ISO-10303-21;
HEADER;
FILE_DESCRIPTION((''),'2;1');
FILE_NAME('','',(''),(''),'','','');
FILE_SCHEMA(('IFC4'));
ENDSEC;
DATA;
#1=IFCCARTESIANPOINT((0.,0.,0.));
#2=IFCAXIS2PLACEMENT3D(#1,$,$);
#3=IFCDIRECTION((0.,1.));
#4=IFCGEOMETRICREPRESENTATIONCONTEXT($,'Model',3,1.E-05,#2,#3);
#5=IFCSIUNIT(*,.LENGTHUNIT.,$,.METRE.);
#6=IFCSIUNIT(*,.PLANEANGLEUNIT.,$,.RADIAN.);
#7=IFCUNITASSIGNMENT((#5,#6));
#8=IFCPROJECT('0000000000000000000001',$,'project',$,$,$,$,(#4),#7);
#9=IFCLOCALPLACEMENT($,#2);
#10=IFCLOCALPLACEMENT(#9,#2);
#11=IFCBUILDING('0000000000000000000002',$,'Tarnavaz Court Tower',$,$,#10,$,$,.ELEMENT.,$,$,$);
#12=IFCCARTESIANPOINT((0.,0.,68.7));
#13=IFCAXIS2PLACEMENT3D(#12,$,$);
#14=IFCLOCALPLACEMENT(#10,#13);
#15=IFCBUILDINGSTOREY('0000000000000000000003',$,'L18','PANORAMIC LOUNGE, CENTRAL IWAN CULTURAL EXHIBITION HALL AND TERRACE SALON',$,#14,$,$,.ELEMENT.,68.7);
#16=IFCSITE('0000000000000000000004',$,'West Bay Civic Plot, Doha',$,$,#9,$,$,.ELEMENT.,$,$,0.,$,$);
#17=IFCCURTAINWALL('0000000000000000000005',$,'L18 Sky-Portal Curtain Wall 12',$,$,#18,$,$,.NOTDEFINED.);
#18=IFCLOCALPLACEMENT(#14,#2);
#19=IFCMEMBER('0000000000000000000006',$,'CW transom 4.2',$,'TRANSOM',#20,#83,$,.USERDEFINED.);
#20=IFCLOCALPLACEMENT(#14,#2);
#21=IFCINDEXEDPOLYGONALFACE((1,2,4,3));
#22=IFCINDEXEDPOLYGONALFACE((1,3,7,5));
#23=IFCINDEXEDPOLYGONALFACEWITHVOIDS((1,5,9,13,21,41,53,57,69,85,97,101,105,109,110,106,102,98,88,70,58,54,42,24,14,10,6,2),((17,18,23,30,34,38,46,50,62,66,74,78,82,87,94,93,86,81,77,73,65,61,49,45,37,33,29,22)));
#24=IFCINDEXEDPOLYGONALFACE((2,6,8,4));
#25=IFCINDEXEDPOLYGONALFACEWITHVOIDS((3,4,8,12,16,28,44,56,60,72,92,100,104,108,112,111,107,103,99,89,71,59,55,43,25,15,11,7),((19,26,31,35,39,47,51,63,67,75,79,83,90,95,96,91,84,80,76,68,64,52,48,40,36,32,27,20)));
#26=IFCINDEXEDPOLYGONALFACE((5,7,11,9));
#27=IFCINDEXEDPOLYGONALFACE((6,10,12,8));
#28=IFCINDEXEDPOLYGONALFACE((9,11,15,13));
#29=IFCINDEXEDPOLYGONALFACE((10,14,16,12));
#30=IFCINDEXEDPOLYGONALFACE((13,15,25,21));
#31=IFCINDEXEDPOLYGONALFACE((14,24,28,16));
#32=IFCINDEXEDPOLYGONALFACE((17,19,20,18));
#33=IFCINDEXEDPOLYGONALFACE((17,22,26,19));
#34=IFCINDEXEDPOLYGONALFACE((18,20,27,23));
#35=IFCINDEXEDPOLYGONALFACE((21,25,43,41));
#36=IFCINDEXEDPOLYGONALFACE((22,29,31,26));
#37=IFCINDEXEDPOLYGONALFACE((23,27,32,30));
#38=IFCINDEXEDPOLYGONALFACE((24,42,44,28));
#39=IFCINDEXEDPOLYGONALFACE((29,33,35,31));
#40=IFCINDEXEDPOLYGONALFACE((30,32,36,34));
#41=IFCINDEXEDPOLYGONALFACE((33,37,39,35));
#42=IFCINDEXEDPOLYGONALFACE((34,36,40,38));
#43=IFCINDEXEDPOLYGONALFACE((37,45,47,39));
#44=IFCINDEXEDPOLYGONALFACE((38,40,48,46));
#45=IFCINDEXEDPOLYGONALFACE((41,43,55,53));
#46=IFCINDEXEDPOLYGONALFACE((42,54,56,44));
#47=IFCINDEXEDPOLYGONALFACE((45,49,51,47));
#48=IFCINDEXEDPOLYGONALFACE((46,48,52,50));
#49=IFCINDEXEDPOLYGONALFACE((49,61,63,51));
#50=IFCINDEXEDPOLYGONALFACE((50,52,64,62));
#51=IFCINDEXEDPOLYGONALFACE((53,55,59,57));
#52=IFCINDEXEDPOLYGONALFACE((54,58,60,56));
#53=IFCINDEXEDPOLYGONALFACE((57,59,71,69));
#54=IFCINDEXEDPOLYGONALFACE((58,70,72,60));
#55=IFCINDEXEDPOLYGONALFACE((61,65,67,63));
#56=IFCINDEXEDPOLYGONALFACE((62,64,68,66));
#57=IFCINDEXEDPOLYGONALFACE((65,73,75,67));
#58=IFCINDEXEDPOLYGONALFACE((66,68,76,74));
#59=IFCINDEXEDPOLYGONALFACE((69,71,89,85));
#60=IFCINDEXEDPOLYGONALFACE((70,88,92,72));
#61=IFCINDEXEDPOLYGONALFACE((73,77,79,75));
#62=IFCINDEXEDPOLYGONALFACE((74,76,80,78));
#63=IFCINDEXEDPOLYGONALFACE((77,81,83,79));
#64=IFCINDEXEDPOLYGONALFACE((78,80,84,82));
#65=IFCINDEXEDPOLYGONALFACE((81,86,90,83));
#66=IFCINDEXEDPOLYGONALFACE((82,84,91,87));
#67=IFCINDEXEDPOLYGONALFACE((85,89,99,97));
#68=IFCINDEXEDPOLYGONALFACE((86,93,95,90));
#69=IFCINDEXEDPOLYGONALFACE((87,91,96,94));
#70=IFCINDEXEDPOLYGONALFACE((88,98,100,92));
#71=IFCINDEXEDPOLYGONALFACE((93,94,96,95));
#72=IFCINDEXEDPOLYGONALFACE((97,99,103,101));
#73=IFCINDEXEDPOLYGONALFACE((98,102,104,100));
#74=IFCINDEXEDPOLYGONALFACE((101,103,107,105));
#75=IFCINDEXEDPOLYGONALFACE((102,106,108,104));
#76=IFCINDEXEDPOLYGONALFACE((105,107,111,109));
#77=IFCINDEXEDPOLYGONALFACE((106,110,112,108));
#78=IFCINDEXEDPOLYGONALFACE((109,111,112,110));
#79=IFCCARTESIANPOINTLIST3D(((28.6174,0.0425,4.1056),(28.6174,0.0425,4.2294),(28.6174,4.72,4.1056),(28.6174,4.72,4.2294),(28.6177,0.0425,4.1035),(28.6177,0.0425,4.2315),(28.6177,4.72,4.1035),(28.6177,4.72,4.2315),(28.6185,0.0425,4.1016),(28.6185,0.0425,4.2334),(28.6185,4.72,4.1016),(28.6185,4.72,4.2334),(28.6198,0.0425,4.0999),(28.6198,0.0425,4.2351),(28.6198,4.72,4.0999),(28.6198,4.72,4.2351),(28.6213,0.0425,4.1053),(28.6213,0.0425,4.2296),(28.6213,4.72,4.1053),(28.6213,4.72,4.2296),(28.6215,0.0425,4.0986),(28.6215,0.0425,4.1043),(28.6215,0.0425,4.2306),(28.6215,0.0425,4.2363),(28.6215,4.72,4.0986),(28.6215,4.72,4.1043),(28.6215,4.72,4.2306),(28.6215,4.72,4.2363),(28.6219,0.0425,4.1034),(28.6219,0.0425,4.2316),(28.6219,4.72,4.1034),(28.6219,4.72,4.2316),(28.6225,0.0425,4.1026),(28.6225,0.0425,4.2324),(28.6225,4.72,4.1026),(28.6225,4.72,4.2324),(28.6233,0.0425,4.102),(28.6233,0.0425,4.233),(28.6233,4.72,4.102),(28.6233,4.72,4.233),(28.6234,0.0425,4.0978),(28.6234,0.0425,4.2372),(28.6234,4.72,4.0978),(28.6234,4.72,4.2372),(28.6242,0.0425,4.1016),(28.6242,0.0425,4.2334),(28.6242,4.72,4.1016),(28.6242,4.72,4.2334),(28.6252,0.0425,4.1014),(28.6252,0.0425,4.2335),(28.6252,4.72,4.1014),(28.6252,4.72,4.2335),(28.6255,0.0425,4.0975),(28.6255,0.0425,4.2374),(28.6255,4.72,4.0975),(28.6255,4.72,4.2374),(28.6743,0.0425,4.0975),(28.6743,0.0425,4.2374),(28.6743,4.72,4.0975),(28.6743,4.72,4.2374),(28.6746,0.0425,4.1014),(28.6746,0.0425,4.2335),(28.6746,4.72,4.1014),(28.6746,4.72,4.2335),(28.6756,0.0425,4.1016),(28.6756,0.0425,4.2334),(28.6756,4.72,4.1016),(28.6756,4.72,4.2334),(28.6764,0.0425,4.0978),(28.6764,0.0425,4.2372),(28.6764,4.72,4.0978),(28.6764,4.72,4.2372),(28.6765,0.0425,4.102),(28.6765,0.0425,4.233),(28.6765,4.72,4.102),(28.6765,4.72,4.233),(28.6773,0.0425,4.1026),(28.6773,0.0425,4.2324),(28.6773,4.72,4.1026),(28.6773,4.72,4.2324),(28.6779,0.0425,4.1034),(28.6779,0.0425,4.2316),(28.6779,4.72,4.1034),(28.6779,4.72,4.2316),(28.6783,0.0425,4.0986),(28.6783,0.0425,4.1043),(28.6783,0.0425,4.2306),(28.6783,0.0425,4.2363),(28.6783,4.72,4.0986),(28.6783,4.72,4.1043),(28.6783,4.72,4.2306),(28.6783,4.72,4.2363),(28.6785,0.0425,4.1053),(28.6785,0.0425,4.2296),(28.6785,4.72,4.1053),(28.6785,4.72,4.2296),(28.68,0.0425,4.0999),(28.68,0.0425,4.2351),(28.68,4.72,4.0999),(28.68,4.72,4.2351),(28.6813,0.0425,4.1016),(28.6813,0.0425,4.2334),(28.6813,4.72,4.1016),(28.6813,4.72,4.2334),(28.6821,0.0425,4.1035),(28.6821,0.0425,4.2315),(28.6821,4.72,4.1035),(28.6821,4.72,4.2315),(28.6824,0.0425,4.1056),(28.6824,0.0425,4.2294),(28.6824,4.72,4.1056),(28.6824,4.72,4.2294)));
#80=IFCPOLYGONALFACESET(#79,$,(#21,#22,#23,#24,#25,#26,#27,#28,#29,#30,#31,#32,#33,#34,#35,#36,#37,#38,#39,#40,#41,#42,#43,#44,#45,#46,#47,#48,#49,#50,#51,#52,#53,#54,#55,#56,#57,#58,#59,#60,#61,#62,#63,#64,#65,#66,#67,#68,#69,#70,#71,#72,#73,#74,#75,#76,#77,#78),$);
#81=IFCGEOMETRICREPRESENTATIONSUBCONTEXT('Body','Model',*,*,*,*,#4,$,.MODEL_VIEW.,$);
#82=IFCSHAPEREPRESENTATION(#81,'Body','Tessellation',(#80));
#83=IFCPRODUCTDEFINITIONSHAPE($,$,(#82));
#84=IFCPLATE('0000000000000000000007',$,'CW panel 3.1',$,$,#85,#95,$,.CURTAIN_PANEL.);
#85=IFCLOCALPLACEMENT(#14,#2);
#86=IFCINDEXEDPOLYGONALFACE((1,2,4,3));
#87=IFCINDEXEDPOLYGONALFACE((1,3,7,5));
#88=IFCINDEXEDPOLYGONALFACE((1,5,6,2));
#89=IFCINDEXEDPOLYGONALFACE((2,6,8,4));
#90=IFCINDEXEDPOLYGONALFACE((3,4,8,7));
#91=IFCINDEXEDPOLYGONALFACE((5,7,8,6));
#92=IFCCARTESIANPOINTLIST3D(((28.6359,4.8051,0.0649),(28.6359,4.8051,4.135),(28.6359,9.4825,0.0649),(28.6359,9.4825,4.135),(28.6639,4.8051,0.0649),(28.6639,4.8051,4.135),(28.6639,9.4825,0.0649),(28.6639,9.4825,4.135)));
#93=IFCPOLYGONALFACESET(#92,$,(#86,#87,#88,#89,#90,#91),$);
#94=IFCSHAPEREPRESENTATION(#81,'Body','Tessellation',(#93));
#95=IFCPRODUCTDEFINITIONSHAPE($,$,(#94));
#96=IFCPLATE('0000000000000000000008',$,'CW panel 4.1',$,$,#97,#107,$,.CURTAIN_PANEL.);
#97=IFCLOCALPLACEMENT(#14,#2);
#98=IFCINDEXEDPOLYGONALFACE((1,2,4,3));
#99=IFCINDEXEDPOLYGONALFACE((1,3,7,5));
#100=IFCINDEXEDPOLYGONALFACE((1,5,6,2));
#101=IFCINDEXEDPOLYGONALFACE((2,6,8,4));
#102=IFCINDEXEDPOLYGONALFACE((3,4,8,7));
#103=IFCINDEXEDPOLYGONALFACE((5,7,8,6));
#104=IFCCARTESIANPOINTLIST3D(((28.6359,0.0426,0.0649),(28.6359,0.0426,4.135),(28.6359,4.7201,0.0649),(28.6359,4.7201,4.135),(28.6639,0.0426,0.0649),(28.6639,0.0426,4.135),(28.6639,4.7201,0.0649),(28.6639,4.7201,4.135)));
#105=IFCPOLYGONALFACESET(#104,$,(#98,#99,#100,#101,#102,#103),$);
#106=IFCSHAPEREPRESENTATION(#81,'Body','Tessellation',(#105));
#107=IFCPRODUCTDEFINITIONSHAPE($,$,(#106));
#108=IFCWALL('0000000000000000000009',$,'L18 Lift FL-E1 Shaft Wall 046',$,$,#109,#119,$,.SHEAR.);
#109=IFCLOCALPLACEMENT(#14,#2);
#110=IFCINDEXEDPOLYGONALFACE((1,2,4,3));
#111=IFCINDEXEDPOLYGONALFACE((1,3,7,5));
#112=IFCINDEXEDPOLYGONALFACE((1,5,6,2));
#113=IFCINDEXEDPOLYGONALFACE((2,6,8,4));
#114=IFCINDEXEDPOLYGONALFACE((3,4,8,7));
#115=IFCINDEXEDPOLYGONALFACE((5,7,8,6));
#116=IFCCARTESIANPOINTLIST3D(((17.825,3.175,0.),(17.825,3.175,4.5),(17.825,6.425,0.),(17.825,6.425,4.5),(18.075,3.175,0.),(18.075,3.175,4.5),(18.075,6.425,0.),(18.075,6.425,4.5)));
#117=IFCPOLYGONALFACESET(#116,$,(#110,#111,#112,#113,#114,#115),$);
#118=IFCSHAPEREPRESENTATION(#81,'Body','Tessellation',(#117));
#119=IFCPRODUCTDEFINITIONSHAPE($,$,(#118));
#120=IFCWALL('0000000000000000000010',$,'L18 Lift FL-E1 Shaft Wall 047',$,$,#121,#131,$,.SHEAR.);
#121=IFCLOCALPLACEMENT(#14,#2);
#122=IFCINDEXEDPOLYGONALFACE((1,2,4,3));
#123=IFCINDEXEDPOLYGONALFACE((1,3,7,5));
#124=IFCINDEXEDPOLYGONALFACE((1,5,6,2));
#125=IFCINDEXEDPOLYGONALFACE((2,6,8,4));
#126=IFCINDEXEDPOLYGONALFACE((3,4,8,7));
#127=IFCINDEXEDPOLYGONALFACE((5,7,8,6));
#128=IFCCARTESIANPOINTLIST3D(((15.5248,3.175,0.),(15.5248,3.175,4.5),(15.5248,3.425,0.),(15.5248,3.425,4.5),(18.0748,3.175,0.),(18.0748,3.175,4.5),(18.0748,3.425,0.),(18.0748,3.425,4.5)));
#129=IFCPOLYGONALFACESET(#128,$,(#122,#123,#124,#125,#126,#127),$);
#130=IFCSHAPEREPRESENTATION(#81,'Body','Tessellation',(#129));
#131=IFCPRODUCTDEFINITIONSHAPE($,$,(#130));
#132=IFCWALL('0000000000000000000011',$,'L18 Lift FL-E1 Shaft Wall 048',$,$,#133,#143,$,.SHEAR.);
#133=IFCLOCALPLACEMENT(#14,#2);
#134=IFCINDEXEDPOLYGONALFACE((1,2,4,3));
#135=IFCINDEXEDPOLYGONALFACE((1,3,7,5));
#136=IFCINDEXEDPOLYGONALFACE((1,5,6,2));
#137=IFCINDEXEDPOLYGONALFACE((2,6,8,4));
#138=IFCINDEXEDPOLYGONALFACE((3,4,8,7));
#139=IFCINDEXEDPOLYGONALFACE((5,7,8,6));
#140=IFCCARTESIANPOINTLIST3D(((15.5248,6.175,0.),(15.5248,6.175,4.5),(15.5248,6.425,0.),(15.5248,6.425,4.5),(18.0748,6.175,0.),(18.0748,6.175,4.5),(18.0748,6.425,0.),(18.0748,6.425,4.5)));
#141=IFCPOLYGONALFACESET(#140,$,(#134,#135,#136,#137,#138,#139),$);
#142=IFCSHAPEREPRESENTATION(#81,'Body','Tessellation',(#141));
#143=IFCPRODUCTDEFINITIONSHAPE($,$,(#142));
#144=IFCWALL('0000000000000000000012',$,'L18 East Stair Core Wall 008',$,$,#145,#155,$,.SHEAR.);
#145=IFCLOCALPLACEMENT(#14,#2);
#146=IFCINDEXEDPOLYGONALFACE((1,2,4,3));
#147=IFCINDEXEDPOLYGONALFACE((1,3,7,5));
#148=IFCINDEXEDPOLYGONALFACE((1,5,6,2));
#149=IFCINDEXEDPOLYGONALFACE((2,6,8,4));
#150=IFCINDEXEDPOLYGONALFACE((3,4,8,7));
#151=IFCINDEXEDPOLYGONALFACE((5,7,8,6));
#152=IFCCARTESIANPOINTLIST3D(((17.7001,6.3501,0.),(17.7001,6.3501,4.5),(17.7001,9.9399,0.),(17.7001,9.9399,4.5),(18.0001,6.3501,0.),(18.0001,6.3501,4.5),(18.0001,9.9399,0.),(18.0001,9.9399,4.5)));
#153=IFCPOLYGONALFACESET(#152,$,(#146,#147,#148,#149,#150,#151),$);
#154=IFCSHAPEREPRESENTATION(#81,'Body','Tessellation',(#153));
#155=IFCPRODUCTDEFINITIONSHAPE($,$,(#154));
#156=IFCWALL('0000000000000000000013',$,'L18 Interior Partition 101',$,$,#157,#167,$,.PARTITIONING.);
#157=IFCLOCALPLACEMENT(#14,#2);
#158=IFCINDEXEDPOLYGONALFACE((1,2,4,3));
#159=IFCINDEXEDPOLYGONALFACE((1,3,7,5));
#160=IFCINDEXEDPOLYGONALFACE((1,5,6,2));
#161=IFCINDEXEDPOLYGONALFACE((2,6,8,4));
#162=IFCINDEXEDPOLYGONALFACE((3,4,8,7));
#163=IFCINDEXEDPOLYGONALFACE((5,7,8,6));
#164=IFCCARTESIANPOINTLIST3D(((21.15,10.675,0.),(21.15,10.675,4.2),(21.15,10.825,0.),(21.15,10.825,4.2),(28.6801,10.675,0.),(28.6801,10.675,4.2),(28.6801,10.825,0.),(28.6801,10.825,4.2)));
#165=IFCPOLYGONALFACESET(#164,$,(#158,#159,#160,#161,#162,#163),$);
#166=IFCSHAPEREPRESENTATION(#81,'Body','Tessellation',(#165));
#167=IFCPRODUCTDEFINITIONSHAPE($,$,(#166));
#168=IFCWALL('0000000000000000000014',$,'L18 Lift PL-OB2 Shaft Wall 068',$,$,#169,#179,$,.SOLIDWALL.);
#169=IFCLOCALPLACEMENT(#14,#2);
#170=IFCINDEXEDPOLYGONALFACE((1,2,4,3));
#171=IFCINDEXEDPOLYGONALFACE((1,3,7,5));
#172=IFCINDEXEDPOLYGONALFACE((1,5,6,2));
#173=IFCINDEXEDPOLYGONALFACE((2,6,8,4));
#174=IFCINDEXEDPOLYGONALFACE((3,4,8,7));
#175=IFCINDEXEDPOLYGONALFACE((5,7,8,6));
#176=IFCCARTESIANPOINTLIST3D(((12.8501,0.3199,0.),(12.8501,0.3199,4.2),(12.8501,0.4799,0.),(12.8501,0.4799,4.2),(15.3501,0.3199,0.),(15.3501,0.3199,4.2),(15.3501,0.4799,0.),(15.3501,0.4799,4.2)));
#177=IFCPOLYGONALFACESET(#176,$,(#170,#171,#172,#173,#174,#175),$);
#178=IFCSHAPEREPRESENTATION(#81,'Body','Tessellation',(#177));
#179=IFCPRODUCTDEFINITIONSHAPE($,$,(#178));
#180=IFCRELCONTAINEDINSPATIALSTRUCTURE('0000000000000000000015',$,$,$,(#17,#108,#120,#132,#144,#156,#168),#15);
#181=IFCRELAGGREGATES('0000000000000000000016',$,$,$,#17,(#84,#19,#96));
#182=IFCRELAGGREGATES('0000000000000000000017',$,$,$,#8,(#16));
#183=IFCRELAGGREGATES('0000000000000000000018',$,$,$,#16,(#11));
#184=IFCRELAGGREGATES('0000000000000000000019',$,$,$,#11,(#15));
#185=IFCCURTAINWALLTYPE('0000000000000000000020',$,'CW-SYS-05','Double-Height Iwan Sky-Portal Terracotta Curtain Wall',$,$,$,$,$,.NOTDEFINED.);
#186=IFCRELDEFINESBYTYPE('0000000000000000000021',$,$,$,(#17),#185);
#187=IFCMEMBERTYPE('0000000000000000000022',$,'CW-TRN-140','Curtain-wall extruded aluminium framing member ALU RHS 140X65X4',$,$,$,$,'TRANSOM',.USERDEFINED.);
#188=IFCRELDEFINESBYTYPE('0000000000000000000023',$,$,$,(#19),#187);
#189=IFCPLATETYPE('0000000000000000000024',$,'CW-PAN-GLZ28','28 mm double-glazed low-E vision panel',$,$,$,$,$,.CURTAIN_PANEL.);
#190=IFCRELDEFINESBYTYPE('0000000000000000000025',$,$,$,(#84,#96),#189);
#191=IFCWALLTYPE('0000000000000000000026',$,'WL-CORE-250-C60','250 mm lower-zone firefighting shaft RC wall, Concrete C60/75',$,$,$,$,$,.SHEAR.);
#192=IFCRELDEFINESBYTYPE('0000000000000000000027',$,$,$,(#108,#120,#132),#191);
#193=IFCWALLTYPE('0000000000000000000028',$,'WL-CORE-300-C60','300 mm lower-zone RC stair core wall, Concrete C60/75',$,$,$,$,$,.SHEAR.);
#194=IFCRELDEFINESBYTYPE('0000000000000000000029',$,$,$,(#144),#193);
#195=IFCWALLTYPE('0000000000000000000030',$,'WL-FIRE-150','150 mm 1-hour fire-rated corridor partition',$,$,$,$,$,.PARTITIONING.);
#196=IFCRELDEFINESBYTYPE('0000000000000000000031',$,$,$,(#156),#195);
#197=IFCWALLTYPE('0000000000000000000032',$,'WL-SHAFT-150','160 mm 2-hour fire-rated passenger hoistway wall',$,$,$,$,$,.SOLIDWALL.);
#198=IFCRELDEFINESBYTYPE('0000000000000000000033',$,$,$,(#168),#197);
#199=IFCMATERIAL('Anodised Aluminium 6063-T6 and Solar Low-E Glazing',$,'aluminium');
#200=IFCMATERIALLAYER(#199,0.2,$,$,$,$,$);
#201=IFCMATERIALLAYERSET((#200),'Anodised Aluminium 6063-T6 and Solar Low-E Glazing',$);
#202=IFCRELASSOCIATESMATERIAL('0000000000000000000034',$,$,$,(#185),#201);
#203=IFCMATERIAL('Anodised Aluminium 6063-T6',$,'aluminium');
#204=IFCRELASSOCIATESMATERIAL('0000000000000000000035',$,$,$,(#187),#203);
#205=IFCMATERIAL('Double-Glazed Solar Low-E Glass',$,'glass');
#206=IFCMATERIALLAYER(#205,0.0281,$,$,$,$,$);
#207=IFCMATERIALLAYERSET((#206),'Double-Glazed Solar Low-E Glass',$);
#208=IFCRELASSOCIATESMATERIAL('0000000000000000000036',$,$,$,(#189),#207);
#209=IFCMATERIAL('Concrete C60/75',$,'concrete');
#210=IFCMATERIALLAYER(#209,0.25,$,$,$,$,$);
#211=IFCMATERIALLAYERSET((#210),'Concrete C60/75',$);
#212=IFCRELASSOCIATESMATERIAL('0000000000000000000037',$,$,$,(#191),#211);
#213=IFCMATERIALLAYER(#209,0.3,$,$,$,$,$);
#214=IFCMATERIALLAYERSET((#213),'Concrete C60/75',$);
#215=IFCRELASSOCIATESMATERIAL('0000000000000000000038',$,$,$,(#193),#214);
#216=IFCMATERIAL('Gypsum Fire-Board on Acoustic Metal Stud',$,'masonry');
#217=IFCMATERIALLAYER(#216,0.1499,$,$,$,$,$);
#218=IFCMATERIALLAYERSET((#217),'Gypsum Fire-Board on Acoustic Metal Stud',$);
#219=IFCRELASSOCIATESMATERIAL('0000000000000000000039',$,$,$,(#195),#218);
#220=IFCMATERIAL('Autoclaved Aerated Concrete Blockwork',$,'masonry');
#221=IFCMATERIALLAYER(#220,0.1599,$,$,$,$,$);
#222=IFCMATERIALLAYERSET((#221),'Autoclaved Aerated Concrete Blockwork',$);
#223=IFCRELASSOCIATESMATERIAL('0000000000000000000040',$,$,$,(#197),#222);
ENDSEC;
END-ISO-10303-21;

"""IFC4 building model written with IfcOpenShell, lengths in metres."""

from ifc_helpers import new_model, si_unit, direction, frame, frame_2d, origin, origin_2d, place, context, subcontext, project, spatial, rectangle, hollow_rectangle, extrude, material, layer, layer_set, material_profile, profile_set, type_object, element, aggregate, save


model = new_model("IFC4")

# Units and contexts
model_context = context("Model", 3, precision=1e-05, world=origin(), true_north=direction((0.0, 1.0)))
body_context = subcontext(model_context, "Body", "Model", "MODEL_VIEW")
ifc_project = project(units=[si_unit("LENGTHUNIT", "METRE"), si_unit("PLANEANGLEUNIT", "RADIAN")], contexts=[model_context])

# Site, building, storey
site_placement = place(None, origin())
site = spatial("IfcSite", under=ifc_project, at=site_placement, Name="West Bay Civic Plot, Doha", CompositionType="ELEMENT", RefElevation=0.0)
building_placement = place(site_placement, origin())
building = spatial("IfcBuilding", under=site, at=building_placement, Name="Tarnavaz Court Tower", CompositionType="ELEMENT")
storey_placement = place(building_placement, frame((0.0, 0.0, 68.7)))
storey = spatial("IfcBuildingStorey", under=building, at=storey_placement, Name="L18", Description="PANORAMIC LOUNGE, CENTRAL IWAN CULTURAL EXHIBITION HALL AND TERRACE SALON", CompositionType="ELEMENT", Elevation=68.7)

# Shared definitions
ifc_material_1 = material(Name="Concrete C60/75", Category="concrete")

# Curtain wall, member, plates
ifc_material_2 = material(Name="Anodised Aluminium 6063-T6 and Solar Low-E Glazing", Category="aluminium")
ifc_layer_1 = layer(ifc_material_2, 0.2)
ifc_layer_set_1 = layer_set([ifc_layer_1], Name="Anodised Aluminium 6063-T6 and Solar Low-E Glazing")
curtain_wall_type = type_object("IfcCurtainWallType", Name="CW-SYS-05", Description="Double-Height Iwan Sky-Portal Terracotta Curtain Wall", PredefinedType="NOTDEFINED", material=ifc_layer_set_1)
curtain_wall_placement = place(storey_placement, origin())
curtain_wall = element("IfcCurtainWall", 1, at=curtain_wall_placement, inside=storey, type_object=curtain_wall_type, Name="L18 Sky-Portal Curtain Wall 12", PredefinedType="NOTDEFINED")
ifc_material_3 = material(Name="Anodised Aluminium 6063-T6", Category="aluminium")
ifc_material_profile_1 = material_profile(ifc_material_3, hollow_rectangle(XDim=0.0649, YDim=0.1399, WallThickness=0.0039, InnerFilletRadius=0.0039, OuterFilletRadius=0.0081, at=origin_2d()), Name="ALU RHS 140X65X4")
ifc_profile_set_1 = profile_set([ifc_material_profile_1], Name="Anodised Aluminium 6063-T6")
member_type_1 = type_object("IfcMemberType", Name="CW-TRN-140", Description="Curtain-wall extruded aluminium framing member ALU RHS 140X65X4", ElementType="TRANSOM", PredefinedType="USERDEFINED", material=ifc_profile_set_1)
member_1_placement = place(storey_placement, frame((28.6499, 4.72, 4.1675), z_axis=(0.0, -1.0, 0.0), x_axis=(1.0, 0.0, 0.0)))
member_1 = element("IfcMember", 2, at=member_1_placement, type_object=member_type_1, Name="CW transom 4.2", ObjectType="TRANSOM", PredefinedType="USERDEFINED", context=body_context, shape_type="SweptSolid", body=[
    extrude(hollow_rectangle(XDim=0.0649, YDim=0.1399, WallThickness=0.0039, InnerFilletRadius=0.0039, OuterFilletRadius=0.0081, at=origin_2d()), origin(), (0.0, 0.0, 1.0), 4.6775),
])
ifc_material_4 = material(Name="Double-Glazed Solar Low-E Glass", Category="glass")
ifc_layer_2 = layer(ifc_material_4, 0.0281)
ifc_layer_set_2 = layer_set([ifc_layer_2], Name="Double-Glazed Solar Low-E Glass")
plate_type = type_object("IfcPlateType", Name="CW-PAN-GLZ28", Description="28 mm double-glazed low-E vision panel", PredefinedType="CURTAIN_PANEL", material=ifc_layer_set_2)
plate_1_placement = place(storey_placement, frame((28.6499, 7.1438, 0.0649), z_axis=(0.0, 0.0, 1.0), x_axis=(0.0, -1.0, 0.0)))
plate_1 = element("IfcPlate", 3, at=plate_1_placement, type_object=plate_type, Name="CW panel 3.1", PredefinedType="CURTAIN_PANEL", context=body_context, shape_type="SweptSolid", body=[
    extrude(rectangle(XDim=4.6775, YDim=0.0281, at=origin_2d()), origin(), (0.0, 0.0, 1.0), 4.0701),
])
plate_2_placement = place(storey_placement, frame((28.6499, 2.3813, 0.0649), z_axis=(0.0, 0.0, 1.0), x_axis=(0.0, -1.0, 0.0)))
plate_2 = element("IfcPlate", 4, at=plate_2_placement, type_object=plate_type, Name="CW panel 4.1", PredefinedType="CURTAIN_PANEL", context=body_context, shape_type="SweptSolid", body=[
    extrude(rectangle(XDim=4.6775, YDim=0.0281, at=origin_2d()), origin(), (0.0, 0.0, 1.0), 4.0701),
])
aggregate(curtain_wall, [plate_1, member_1, plate_2])

# Shared definitions
ifc_layer_3 = layer(ifc_material_1, 0.25)
ifc_layer_set_3 = layer_set([ifc_layer_3], Name="Concrete C60/75")
wall_type_1 = type_object("IfcWallType", Name="WL-CORE-250-C60", Description="250 mm lower-zone firefighting shaft RC wall, Concrete C60/75", PredefinedType="SHEAR", material=ifc_layer_set_3)

# Walls
wall_1_placement = place(storey_placement, frame((17.95, 3.175, 0.0), z_axis=(0.0, 0.0, 1.0), x_axis=(0.0, 1.0, 0.0)))
element("IfcWall", 5, at=wall_1_placement, inside=storey, type_object=wall_type_1, Name="L18 Lift FL-E1 Shaft Wall 046", PredefinedType="SHEAR", context=body_context, shape_type="SweptSolid", body=[
    extrude(rectangle(XDim=3.25, YDim=0.25, at=frame_2d((1.625, 0.0))), origin(), (0.0, 0.0, 1.0), 4.5),
])
for number, where, z_axis, x_axis, name in (
    (6, (15.5249, 3.3, 0.0), (0.0, 0.0, 1.0), (1.0, 0.0, 0.0), "L18 Lift FL-E1 Shaft Wall 047"),
    (7, (15.5249, 6.3, 0.0), (0.0, 0.0, 1.0), (1.0, 0.0, 0.0), "L18 Lift FL-E1 Shaft Wall 048"),
):
    element("IfcWall", number, at=place(storey_placement, frame(where, z_axis=z_axis, x_axis=x_axis)), inside=storey, type_object=wall_type_1, Name=name, PredefinedType="SHEAR", context=body_context, shape_type="SweptSolid", body=[
        extrude(rectangle(XDim=2.55, YDim=0.25, at=frame_2d((1.2749, 0.0))), origin(), (0.0, 0.0, 1.0), 4.5),
    ])
ifc_layer_4 = layer(ifc_material_1, 0.3)
ifc_layer_set_4 = layer_set([ifc_layer_4], Name="Concrete C60/75")
wall_type_2 = type_object("IfcWallType", Name="WL-CORE-300-C60", Description="300 mm lower-zone RC stair core wall, Concrete C60/75", PredefinedType="SHEAR", material=ifc_layer_set_4)
wall_2_placement = place(storey_placement, frame((17.8501, 6.3501, 0.0), z_axis=(0.0, 0.0, 1.0), x_axis=(0.0, 1.0, 0.0)))
element("IfcWall", 8, at=wall_2_placement, inside=storey, type_object=wall_type_2, Name="L18 East Stair Core Wall 008", PredefinedType="SHEAR", context=body_context, shape_type="SweptSolid", body=[
    extrude(rectangle(XDim=3.5898, YDim=0.3, at=frame_2d((1.7949, 0.0))), origin(), (0.0, 0.0, 1.0), 4.5),
])
ifc_material_5 = material(Name="Gypsum Fire-Board on Acoustic Metal Stud", Category="masonry")
ifc_layer_5 = layer(ifc_material_5, 0.1499)
ifc_layer_set_5 = layer_set([ifc_layer_5], Name="Gypsum Fire-Board on Acoustic Metal Stud")
wall_type_3 = type_object("IfcWallType", Name="WL-FIRE-150", Description="150 mm 1-hour fire-rated corridor partition", PredefinedType="PARTITIONING", material=ifc_layer_set_5)
wall_3_placement = place(storey_placement, frame((21.1499, 10.75, 0.0), z_axis=(0.0, 0.0, 1.0), x_axis=(1.0, 0.0, 0.0)))
element("IfcWall", 9, at=wall_3_placement, inside=storey, type_object=wall_type_3, Name="L18 Interior Partition 101", PredefinedType="PARTITIONING", context=body_context, shape_type="SweptSolid", body=[
    extrude(rectangle(XDim=7.53, YDim=0.1499, at=frame_2d((3.7651, 0.0))), origin(), (0.0, 0.0, 1.0), 4.2),
])
ifc_material_6 = material(Name="Autoclaved Aerated Concrete Blockwork", Category="masonry")
ifc_layer_6 = layer(ifc_material_6, 0.1599)
ifc_layer_set_6 = layer_set([ifc_layer_6], Name="Autoclaved Aerated Concrete Blockwork")
wall_type_4 = type_object("IfcWallType", Name="WL-SHAFT-150", Description="160 mm 2-hour fire-rated passenger hoistway wall", PredefinedType="SOLIDWALL", material=ifc_layer_set_6)
wall_4_placement = place(storey_placement, frame((12.8501, 0.3999, 0.0), z_axis=(0.0, 0.0, 1.0), x_axis=(1.0, 0.0, 0.0)))
element("IfcWall", 10, at=wall_4_placement, inside=storey, type_object=wall_type_4, Name="L18 Lift PL-OB2 Shaft Wall 068", PredefinedType="SOLIDWALL", context=body_context, shape_type="SweptSolid", body=[
    extrude(rectangle(XDim=2.5, YDim=0.1599, at=frame_2d((1.25, 0.0))), origin(), (0.0, 0.0, 1.0), 4.2),
])

save(model, "model.ifc")
